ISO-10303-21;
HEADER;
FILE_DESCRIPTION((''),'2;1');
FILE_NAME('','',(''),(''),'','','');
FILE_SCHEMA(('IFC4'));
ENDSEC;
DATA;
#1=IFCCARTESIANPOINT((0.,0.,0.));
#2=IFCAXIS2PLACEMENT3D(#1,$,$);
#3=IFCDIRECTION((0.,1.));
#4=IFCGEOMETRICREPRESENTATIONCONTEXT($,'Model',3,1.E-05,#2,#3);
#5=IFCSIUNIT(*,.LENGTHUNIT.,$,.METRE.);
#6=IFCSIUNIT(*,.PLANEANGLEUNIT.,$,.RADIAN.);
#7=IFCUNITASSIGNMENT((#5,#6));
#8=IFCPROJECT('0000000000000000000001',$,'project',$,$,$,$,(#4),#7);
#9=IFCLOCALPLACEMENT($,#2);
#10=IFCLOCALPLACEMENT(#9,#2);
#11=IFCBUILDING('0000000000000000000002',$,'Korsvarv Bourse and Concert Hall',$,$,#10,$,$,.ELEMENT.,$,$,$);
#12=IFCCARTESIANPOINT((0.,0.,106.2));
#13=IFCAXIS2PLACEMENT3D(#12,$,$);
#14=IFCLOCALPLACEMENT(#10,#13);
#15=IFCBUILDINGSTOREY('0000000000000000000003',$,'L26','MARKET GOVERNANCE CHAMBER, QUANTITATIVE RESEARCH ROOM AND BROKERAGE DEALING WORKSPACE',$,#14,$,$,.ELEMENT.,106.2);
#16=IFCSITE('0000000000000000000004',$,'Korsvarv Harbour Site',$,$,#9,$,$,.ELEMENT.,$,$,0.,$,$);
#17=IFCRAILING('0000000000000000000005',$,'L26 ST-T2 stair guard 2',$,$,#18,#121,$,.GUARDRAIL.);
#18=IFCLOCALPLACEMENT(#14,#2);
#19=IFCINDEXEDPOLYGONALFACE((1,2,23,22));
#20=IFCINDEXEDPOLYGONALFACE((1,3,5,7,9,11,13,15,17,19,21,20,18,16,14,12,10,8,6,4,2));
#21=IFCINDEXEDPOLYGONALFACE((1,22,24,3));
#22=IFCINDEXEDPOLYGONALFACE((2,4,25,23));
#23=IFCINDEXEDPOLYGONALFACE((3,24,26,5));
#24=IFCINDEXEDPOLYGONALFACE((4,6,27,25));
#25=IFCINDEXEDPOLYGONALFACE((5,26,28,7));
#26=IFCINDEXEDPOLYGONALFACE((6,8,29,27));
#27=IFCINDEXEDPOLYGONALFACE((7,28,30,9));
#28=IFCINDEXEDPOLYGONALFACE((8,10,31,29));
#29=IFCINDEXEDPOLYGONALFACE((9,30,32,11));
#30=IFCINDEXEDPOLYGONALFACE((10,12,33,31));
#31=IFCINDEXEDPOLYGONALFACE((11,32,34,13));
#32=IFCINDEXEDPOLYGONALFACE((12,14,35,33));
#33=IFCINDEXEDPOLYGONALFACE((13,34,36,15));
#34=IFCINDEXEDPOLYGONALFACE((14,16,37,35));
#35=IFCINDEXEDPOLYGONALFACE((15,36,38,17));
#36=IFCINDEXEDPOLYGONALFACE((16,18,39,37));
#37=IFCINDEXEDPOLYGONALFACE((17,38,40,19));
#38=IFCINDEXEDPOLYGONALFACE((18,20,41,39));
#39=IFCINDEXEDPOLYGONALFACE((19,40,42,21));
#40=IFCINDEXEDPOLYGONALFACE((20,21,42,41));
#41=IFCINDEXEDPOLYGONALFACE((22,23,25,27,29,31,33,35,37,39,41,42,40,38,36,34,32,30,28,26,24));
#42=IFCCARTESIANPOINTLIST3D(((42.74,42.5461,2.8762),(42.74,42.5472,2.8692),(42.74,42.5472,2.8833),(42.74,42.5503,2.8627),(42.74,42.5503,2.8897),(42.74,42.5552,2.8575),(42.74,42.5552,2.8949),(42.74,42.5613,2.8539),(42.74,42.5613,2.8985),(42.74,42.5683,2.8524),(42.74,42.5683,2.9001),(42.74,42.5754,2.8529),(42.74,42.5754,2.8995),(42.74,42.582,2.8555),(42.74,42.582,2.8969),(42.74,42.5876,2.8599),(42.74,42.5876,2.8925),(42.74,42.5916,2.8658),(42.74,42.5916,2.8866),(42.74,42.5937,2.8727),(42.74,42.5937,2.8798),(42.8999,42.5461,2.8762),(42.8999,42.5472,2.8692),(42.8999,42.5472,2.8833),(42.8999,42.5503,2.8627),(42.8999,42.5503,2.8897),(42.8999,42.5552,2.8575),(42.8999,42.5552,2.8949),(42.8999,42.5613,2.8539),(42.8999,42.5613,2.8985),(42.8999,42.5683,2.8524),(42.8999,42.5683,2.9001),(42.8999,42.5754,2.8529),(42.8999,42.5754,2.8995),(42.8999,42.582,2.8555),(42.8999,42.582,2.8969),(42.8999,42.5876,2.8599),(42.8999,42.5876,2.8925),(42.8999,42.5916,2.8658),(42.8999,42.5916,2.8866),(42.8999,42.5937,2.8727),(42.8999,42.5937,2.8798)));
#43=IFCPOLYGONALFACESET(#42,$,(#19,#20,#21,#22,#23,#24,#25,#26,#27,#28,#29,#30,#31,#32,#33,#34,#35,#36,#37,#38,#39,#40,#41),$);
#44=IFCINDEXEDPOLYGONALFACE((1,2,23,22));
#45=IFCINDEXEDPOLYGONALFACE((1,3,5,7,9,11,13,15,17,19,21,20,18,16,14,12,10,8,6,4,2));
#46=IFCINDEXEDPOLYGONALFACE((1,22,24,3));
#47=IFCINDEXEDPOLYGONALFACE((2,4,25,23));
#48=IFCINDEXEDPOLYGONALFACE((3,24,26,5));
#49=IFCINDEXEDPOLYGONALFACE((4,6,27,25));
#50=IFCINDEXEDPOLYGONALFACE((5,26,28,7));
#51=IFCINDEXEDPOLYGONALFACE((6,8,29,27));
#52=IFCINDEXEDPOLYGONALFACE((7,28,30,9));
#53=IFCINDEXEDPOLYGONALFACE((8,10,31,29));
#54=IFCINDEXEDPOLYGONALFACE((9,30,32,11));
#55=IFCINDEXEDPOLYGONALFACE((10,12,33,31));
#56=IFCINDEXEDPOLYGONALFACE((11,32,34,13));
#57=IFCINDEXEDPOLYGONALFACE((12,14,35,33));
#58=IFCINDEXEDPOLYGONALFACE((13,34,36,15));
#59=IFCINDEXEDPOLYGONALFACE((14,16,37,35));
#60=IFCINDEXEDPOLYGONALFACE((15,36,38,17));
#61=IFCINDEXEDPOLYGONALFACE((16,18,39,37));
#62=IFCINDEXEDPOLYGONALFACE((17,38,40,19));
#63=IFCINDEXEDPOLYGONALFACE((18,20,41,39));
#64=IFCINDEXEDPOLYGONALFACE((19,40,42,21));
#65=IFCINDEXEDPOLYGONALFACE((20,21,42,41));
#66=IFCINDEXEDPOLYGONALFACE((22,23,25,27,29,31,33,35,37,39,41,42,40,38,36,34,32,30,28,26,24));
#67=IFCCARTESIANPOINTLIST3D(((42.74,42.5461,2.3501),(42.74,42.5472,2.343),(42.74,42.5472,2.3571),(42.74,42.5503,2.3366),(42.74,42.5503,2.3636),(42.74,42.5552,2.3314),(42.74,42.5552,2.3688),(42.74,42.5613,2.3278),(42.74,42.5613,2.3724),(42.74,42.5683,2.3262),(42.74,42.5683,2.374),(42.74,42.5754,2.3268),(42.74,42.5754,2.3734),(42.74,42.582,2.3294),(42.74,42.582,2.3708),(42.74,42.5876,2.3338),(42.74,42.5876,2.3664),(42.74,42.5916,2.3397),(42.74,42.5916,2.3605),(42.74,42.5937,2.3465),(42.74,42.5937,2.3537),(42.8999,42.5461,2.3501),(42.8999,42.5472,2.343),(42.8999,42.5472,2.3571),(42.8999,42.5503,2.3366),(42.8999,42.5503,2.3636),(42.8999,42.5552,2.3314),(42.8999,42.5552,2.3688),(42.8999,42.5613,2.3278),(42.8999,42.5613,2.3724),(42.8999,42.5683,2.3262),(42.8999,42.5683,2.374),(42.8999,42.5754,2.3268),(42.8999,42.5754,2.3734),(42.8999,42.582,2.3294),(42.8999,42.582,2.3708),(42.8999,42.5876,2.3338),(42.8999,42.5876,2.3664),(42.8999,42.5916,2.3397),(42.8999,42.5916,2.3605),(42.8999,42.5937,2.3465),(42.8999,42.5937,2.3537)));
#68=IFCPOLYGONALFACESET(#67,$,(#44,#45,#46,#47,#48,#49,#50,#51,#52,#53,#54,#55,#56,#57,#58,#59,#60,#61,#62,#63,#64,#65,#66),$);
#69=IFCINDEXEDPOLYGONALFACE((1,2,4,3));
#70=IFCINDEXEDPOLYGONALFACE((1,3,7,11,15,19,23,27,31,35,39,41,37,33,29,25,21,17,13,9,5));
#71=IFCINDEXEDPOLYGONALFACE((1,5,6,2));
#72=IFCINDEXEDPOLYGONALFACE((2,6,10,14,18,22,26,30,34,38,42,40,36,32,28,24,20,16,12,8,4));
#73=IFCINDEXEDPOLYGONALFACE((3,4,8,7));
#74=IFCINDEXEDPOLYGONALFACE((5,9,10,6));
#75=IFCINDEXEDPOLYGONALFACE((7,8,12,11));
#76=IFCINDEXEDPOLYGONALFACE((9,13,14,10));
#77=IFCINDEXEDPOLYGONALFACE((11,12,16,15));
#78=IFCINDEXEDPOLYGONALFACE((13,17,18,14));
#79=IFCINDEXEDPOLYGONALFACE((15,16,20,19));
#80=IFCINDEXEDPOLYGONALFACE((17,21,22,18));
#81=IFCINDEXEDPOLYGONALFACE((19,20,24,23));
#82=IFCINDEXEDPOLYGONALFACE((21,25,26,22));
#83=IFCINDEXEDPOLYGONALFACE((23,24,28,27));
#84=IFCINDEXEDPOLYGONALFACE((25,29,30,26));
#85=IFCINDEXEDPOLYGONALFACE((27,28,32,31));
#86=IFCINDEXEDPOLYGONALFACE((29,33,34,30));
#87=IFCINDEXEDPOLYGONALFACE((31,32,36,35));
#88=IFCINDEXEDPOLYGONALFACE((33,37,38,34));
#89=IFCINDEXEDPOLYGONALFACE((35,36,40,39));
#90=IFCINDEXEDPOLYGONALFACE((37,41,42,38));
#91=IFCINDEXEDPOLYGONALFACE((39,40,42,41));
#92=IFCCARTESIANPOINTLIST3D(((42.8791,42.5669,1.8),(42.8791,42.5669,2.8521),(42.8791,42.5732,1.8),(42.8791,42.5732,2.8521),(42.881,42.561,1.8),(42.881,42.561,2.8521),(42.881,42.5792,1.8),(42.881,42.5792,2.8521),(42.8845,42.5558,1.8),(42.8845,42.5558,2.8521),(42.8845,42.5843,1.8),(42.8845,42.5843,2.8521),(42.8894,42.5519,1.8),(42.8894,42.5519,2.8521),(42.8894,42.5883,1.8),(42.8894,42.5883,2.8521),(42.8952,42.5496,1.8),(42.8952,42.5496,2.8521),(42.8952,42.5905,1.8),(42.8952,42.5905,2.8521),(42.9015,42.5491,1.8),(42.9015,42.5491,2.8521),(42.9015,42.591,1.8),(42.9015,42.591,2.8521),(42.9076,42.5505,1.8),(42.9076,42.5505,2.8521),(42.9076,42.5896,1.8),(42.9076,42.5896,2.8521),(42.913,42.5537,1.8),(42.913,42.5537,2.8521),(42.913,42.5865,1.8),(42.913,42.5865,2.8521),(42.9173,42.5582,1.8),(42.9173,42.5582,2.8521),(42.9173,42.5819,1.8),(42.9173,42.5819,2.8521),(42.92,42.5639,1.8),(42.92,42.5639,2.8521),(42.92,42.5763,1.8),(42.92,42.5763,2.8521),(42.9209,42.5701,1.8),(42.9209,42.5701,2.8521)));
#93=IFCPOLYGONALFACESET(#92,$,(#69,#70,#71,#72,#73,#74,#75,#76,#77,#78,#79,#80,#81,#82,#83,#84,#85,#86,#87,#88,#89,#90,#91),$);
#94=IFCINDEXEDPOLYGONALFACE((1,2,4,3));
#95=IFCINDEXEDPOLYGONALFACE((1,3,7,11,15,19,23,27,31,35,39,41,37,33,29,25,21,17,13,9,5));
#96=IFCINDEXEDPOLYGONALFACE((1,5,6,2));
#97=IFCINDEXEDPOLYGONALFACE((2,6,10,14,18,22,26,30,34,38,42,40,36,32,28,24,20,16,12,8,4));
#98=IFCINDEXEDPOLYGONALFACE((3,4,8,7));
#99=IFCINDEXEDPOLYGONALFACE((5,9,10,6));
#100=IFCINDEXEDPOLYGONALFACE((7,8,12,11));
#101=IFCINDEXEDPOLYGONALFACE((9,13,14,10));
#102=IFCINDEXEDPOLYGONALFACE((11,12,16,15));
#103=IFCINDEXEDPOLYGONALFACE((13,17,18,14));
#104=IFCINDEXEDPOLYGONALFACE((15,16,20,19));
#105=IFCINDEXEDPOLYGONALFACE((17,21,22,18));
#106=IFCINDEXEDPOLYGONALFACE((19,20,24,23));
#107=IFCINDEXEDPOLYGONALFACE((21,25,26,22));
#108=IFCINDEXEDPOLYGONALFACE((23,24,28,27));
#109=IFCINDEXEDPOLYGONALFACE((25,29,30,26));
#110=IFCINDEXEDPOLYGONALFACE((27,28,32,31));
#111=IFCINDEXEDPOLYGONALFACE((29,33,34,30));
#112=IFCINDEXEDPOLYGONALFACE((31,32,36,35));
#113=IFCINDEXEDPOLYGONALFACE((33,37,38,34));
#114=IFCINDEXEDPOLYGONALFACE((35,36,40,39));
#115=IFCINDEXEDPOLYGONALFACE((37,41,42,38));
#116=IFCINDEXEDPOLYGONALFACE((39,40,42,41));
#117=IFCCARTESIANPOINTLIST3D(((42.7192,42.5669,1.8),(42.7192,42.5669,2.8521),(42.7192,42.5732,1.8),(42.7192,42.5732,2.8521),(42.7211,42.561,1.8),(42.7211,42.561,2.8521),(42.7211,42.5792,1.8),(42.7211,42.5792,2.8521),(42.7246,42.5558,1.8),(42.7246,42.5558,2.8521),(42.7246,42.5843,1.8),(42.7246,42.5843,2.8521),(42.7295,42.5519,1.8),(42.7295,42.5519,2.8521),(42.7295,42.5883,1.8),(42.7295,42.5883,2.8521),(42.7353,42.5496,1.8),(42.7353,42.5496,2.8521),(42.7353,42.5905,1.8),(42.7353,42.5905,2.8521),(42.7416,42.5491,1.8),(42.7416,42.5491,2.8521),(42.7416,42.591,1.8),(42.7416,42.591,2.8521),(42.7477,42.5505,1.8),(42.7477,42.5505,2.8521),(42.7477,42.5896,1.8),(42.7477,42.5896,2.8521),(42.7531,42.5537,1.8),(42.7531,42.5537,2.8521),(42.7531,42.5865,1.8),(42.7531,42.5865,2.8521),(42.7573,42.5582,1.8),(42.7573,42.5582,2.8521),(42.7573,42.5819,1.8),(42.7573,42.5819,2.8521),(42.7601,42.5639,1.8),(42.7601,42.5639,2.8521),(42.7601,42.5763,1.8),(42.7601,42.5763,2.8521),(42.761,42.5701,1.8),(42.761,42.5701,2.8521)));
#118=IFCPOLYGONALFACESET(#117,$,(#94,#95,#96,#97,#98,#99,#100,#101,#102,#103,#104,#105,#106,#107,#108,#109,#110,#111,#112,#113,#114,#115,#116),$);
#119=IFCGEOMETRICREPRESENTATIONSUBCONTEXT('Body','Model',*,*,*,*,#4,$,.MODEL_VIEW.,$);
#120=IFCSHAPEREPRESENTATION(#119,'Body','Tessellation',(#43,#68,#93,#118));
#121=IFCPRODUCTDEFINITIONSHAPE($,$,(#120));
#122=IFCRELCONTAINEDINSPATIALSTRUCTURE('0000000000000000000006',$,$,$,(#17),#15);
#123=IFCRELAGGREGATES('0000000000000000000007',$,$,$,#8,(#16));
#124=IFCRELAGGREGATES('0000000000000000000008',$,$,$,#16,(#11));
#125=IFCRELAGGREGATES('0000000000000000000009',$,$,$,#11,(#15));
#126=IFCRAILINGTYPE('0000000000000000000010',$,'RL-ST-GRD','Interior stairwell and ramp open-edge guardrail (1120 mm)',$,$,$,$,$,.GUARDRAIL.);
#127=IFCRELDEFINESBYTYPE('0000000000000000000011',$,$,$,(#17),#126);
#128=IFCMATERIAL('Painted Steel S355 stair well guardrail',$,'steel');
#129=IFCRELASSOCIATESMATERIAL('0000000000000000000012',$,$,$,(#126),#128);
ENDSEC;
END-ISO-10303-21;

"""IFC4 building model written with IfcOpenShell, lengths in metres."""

from ifc_helpers import new_model, si_unit, direction, frame, origin, origin_2d, place, context, subcontext, project, spatial, circle, extrude, material, type_object, element, save


model = new_model("IFC4")

# Units and contexts
model_context = context("Model", 3, precision=1e-05, world=origin(), true_north=direction((0.0, 1.0)))
body_context = subcontext(model_context, "Body", "Model", "MODEL_VIEW")
ifc_project = project(units=[si_unit("LENGTHUNIT", "METRE"), si_unit("PLANEANGLEUNIT", "RADIAN")], contexts=[model_context])

# Site, building, storey
site_placement = place(None, origin())
site = spatial("IfcSite", under=ifc_project, at=site_placement, Name="Korsvarv Harbour Site", CompositionType="ELEMENT", RefElevation=0.0)
building_placement = place(site_placement, origin())
building = spatial("IfcBuilding", under=site, at=building_placement, Name="Korsvarv Bourse and Concert Hall", CompositionType="ELEMENT")
storey_placement = place(building_placement, frame((0.0, 0.0, 106.2)))
storey = spatial("IfcBuildingStorey", under=building, at=storey_placement, Name="L26", Description="MARKET GOVERNANCE CHAMBER, QUANTITATIVE RESEARCH ROOM AND BROKERAGE DEALING WORKSPACE", CompositionType="ELEMENT", Elevation=106.2)

# Railing
ifc_material_1 = material(Name="Painted Steel S355 stair well guardrail", Category="steel")
railing_type_1 = type_object("IfcRailingType", Name="RL-ST-GRD", Description="Interior stairwell and ramp open-edge guardrail (1120 mm)", PredefinedType="GUARDRAIL", material=ifc_material_1)
railing_1_placement = place(storey_placement, frame((42.8999, 42.5701, 1.8)))
element("IfcRailing", 1, at=railing_1_placement, inside=storey, type_object=railing_type_1, Name="L26 ST-T2 stair guard 2", PredefinedType="GUARDRAIL", context=body_context, shape_type="SweptSolid", body=[
    extrude(circle(Radius=0.0239, at=origin_2d()), frame((0.0, 0.0, 1.0762), z_axis=(-1.0, 0.0, 0.0), x_axis=(0.0, -1.0, 0.0)), (0.0, 0.0, 1.0), 0.1599),
    extrude(circle(Radius=0.0239, at=origin_2d()), frame((0.0, 0.0, 0.55), z_axis=(-1.0, 0.0, 0.0), x_axis=(0.0, -1.0, 0.0)), (0.0, 0.0, 1.0), 0.1599),
    extrude(circle(Radius=0.021, at=origin_2d()), origin(), (0.0, 0.0, 1.0), 1.052),
    extrude(circle(Radius=0.021, at=origin_2d()), frame((-0.1599, 0.0, 0.0)), (0.0, 0.0, 1.0), 1.052),
])

save(model, "model.ifc")
